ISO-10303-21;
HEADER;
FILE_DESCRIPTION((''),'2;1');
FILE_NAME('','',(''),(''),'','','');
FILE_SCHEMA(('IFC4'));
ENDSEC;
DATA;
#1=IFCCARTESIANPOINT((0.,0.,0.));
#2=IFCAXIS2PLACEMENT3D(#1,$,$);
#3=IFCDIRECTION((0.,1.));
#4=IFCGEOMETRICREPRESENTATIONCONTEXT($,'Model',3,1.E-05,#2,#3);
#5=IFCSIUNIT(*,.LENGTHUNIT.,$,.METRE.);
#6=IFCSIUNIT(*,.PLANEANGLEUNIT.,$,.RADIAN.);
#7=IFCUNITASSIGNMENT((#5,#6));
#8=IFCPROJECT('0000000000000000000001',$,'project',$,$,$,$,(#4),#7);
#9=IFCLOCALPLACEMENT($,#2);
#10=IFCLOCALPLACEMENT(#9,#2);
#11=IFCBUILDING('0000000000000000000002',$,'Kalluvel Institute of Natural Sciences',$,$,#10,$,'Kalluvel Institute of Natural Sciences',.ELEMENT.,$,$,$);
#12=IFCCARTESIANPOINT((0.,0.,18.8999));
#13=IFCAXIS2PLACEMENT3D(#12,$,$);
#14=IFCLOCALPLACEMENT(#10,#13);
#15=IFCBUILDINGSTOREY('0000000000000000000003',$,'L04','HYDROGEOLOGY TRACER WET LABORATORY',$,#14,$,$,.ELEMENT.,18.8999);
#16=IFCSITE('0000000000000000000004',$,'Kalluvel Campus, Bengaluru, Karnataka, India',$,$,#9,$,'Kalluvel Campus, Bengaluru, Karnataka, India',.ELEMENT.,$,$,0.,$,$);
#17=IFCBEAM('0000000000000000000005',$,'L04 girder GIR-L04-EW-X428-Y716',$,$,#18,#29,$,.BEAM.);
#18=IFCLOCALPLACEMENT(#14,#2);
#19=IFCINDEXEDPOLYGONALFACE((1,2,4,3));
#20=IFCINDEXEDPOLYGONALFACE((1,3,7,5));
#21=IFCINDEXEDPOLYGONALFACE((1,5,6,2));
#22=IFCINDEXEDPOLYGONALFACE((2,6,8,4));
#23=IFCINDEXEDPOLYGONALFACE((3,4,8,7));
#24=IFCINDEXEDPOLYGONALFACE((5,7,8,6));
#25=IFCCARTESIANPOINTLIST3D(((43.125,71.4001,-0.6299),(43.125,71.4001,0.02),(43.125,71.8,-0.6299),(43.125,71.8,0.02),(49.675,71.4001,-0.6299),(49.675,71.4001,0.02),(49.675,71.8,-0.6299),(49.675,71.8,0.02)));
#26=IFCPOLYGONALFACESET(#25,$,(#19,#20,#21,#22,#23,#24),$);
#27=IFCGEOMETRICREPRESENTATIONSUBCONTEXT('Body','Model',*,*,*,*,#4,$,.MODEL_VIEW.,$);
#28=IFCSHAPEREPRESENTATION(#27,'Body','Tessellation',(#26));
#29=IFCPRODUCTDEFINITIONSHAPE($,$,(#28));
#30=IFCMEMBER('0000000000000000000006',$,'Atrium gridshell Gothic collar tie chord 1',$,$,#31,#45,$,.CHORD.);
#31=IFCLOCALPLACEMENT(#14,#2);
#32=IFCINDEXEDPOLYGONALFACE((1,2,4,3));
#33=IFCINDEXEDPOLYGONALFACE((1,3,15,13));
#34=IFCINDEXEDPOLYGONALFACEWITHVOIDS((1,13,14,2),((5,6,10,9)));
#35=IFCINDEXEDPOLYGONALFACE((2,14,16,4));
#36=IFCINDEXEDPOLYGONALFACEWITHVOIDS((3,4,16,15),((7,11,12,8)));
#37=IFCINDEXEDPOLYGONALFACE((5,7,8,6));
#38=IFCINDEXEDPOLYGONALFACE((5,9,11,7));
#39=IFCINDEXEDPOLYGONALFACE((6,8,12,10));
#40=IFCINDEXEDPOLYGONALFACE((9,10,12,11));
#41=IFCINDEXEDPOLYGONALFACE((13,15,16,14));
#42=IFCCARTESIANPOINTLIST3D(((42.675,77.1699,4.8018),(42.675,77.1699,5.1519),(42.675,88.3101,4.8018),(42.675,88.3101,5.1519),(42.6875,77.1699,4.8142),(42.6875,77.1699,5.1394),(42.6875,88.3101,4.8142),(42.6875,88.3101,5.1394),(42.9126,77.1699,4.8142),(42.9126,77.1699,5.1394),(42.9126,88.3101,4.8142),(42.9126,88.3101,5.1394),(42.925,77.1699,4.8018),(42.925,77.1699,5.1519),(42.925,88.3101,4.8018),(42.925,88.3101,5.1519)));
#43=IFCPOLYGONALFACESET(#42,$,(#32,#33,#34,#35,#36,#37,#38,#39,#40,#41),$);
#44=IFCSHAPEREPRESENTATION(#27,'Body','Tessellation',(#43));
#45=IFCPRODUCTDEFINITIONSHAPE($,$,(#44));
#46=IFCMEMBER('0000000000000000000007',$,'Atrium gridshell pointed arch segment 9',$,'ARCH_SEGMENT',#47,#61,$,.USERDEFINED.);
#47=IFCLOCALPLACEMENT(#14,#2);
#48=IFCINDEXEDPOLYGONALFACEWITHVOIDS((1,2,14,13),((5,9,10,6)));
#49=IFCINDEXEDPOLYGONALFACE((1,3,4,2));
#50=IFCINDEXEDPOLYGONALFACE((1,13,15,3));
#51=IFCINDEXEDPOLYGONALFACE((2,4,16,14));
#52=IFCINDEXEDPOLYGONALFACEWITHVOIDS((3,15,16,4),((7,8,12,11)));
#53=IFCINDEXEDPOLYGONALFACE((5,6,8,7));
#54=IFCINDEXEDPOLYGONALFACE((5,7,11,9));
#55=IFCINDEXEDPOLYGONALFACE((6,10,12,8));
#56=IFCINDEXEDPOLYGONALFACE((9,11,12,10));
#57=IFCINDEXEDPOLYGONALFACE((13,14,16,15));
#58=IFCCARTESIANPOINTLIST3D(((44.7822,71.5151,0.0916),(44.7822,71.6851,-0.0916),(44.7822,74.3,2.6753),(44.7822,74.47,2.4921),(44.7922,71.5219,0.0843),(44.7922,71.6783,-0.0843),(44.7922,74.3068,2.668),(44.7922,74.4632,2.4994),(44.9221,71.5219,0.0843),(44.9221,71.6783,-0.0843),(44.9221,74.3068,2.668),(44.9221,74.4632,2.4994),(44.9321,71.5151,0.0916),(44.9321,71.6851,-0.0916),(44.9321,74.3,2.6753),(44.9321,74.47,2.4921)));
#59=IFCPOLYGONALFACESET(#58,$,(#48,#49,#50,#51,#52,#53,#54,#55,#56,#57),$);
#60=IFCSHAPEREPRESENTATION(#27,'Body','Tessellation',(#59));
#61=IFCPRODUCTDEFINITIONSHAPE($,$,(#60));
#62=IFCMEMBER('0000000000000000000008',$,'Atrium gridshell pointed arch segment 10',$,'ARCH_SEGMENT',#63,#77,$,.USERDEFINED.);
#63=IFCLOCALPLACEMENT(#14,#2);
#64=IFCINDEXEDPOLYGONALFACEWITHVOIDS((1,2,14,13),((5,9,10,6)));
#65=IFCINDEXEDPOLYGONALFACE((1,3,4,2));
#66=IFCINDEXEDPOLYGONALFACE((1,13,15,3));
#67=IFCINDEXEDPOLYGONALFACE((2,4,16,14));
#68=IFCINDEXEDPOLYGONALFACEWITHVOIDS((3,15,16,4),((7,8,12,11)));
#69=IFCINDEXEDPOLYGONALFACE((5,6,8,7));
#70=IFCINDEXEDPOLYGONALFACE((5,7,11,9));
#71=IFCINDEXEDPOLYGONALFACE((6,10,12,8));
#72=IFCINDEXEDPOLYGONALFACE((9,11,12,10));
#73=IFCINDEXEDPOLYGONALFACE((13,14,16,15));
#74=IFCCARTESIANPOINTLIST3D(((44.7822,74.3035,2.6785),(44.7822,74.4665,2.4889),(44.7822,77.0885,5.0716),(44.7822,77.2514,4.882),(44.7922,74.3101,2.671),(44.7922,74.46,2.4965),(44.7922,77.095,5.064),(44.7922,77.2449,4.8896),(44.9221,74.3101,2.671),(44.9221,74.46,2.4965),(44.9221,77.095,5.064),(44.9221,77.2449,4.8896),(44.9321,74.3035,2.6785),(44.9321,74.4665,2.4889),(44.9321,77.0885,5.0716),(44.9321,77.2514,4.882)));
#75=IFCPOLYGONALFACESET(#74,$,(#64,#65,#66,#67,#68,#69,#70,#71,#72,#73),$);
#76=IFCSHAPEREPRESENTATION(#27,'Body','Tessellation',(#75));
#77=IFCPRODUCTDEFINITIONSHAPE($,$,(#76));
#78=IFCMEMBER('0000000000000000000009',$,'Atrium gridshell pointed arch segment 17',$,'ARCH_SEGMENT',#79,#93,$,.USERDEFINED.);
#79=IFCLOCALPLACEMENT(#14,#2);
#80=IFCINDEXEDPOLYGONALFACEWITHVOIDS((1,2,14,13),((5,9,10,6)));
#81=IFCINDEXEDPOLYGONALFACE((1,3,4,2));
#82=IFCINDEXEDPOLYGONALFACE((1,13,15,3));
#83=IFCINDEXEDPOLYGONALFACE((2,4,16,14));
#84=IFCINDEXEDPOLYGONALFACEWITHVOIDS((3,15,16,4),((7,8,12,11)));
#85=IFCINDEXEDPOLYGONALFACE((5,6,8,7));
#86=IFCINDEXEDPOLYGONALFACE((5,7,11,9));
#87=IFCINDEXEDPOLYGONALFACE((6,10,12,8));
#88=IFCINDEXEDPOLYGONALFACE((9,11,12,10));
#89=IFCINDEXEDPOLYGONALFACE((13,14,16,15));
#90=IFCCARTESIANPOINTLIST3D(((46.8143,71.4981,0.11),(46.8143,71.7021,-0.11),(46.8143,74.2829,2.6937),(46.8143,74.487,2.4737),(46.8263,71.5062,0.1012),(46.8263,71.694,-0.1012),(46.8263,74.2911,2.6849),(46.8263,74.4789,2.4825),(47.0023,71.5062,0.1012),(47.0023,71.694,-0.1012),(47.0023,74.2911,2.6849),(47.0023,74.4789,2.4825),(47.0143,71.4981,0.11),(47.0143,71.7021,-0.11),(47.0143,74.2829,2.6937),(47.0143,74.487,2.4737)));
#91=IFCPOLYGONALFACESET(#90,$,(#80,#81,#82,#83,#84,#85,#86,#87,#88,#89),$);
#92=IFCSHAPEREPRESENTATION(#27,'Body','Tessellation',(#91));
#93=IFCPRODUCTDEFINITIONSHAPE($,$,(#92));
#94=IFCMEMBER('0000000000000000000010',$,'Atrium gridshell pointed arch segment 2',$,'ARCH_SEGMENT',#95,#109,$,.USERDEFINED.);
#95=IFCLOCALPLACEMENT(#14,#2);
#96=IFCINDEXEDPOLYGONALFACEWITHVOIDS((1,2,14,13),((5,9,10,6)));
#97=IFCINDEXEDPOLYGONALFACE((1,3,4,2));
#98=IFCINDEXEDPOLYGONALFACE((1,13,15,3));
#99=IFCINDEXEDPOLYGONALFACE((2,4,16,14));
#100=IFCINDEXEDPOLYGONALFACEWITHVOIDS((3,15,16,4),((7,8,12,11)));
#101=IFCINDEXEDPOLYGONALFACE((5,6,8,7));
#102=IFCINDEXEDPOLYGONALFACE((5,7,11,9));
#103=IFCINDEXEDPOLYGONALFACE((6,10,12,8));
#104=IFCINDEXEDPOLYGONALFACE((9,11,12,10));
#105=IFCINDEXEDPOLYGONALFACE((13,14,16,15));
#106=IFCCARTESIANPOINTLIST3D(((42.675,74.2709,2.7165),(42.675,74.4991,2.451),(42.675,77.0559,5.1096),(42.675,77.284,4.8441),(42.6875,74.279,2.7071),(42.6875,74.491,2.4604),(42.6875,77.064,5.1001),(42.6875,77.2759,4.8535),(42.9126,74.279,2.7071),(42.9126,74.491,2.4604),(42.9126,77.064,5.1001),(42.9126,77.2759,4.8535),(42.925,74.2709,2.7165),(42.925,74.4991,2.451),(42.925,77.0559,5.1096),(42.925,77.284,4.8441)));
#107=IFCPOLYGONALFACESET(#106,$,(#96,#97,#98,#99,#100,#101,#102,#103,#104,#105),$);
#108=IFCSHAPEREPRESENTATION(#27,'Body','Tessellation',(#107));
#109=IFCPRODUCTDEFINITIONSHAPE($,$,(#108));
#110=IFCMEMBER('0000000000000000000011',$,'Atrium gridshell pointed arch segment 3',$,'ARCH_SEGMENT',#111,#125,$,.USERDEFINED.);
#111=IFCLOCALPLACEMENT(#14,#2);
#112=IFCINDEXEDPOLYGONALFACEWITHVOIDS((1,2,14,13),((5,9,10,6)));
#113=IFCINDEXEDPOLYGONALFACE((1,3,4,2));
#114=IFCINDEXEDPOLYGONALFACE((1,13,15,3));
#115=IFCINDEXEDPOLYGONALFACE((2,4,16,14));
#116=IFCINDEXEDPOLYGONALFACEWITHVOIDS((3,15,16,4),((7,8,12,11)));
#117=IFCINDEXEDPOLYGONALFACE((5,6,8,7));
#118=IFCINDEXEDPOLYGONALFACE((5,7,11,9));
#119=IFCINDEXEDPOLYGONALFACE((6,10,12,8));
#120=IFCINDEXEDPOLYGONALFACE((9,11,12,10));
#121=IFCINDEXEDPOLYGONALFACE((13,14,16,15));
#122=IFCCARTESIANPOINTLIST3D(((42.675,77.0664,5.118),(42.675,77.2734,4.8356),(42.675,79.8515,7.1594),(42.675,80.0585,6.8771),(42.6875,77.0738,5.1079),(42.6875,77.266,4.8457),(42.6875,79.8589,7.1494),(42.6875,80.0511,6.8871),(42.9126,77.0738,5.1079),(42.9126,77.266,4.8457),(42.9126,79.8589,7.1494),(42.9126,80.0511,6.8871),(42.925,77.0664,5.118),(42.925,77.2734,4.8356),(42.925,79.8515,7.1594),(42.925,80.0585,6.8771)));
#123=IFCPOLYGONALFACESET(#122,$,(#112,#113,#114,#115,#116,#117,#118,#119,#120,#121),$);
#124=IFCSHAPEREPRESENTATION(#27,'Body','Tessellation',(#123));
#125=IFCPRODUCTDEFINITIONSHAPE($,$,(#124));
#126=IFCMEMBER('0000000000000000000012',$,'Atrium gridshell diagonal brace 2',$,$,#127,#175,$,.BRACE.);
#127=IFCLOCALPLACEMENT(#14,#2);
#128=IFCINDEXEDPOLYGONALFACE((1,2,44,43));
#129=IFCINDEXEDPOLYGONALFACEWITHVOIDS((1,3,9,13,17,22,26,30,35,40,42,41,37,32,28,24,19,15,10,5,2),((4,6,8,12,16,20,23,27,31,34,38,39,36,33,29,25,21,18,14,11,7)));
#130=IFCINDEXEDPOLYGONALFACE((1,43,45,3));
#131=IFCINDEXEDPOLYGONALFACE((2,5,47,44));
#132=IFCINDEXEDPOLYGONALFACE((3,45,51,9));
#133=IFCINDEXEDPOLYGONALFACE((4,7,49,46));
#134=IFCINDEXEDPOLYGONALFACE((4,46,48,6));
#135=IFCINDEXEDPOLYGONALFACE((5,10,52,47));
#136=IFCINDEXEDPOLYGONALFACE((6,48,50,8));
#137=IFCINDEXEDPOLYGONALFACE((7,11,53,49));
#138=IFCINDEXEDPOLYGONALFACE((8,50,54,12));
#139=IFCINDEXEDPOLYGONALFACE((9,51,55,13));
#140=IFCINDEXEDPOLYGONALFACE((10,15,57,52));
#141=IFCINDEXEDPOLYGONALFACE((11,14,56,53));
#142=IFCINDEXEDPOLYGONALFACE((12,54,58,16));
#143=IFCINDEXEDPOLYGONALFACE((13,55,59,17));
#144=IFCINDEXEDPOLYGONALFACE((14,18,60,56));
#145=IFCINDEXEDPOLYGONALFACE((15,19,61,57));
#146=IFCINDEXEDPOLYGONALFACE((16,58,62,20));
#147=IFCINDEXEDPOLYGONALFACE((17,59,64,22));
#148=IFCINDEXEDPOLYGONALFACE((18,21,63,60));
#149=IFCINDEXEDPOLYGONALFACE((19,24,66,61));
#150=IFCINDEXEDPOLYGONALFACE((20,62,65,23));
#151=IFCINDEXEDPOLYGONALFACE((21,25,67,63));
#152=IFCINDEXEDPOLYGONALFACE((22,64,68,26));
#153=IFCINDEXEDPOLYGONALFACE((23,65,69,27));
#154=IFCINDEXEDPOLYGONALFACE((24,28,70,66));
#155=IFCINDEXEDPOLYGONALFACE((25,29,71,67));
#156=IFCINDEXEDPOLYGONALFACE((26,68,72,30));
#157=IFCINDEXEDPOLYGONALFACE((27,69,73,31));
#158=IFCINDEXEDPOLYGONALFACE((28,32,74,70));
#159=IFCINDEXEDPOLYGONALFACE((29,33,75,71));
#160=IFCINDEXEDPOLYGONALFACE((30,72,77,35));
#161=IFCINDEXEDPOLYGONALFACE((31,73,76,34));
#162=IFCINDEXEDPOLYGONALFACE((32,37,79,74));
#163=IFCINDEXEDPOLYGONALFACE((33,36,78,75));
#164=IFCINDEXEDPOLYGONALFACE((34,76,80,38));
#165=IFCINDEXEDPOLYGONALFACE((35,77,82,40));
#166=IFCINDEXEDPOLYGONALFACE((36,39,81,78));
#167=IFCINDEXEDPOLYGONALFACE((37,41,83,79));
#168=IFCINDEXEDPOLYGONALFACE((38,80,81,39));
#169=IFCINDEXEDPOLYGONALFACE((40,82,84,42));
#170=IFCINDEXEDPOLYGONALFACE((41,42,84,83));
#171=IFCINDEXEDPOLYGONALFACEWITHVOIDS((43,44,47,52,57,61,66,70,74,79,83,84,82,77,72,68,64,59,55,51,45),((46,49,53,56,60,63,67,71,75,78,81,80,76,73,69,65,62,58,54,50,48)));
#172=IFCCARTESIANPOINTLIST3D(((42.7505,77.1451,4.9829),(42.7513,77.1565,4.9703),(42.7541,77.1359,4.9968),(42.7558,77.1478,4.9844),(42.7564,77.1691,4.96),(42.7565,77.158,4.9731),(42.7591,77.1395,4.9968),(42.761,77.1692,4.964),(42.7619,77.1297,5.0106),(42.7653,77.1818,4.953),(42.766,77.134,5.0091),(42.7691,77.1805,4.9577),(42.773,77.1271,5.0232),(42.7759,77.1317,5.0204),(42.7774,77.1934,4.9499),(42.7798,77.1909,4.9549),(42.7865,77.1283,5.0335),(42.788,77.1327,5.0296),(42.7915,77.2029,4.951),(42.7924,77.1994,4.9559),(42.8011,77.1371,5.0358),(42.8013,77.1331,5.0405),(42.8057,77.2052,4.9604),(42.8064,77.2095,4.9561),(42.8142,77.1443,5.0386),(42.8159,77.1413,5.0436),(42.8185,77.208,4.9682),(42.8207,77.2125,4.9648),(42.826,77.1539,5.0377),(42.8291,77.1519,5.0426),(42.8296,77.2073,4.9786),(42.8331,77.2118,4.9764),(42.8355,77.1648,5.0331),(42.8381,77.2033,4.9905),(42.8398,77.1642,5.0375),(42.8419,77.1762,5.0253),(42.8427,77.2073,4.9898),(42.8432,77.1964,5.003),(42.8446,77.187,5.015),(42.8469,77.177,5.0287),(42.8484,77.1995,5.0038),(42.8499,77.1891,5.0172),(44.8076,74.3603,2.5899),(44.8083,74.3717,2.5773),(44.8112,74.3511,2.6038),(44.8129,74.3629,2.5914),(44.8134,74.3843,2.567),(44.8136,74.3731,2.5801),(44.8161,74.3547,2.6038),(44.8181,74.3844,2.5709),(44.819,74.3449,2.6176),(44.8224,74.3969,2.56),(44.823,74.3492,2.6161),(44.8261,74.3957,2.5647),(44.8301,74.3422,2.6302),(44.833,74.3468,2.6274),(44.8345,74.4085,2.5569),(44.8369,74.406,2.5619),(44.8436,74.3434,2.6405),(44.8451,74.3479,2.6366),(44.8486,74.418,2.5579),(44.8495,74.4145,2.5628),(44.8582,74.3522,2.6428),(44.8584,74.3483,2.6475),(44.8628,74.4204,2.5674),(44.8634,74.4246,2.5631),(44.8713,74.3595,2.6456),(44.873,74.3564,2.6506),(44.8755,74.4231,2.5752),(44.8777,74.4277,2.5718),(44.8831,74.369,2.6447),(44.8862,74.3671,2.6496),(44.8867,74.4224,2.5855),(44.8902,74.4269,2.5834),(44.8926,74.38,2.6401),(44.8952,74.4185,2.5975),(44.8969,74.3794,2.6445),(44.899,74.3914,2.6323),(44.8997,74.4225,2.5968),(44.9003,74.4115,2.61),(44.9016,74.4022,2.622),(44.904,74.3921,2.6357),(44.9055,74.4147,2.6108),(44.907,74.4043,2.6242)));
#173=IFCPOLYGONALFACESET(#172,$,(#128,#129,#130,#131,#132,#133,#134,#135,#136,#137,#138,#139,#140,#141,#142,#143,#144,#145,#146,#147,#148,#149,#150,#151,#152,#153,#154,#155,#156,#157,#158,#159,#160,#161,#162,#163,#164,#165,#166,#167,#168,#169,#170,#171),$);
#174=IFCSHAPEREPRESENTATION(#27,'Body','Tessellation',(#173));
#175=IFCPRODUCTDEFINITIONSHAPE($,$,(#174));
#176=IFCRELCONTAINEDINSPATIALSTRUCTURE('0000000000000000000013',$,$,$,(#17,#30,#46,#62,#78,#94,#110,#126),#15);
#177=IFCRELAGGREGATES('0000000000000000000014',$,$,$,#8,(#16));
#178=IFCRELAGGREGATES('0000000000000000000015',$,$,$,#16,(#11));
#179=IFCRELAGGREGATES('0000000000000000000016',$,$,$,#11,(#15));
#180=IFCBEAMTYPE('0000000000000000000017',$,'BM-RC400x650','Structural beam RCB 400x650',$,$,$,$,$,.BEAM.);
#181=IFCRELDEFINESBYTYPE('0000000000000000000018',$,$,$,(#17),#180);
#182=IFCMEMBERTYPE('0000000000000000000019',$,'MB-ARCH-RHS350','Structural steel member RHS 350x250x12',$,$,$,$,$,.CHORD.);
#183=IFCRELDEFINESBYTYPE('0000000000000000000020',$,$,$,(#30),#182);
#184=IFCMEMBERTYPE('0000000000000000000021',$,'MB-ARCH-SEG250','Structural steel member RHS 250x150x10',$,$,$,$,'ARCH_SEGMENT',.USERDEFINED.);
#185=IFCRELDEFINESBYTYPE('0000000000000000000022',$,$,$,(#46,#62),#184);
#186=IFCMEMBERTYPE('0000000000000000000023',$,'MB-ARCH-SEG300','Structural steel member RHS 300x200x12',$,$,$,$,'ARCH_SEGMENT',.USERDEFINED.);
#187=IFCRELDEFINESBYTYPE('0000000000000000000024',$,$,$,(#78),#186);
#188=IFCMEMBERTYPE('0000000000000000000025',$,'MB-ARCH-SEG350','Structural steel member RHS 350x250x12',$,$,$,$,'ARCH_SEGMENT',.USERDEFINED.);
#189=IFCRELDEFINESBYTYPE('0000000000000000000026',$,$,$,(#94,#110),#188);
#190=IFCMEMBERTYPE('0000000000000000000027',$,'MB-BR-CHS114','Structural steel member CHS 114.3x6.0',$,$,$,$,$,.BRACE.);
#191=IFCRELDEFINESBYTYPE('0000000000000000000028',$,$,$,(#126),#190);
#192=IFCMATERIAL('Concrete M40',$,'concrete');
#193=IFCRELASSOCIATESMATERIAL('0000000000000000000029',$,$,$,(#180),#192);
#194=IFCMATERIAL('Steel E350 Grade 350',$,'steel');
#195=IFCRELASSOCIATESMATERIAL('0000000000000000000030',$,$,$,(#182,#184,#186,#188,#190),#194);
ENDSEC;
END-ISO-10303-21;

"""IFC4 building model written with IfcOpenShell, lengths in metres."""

from ifc_helpers import new_model, si_unit, direction, frame, origin, origin_2d, place, context, subcontext, project, spatial, rectangle, hollow_rectangle, hollow_circle, extrude, material, material_profile, profile_set, type_object, element, save


model = new_model("IFC4")

# Units and contexts
model_context = context("Model", 3, precision=1e-05, world=origin(), true_north=direction((0.0, 1.0)))
body_context = subcontext(model_context, "Body", "Model", "MODEL_VIEW")
ifc_project = project(units=[si_unit("LENGTHUNIT", "METRE"), si_unit("PLANEANGLEUNIT", "RADIAN")], contexts=[model_context])

# Site, building, storey
site_placement = place(None, origin())
site = spatial("IfcSite", under=ifc_project, at=site_placement, Name="Kalluvel Campus, Bengaluru, Karnataka, India", LongName="Kalluvel Campus, Bengaluru, Karnataka, India", CompositionType="ELEMENT", RefElevation=0.0)
building_placement = place(site_placement, origin())
building = spatial("IfcBuilding", under=site, at=building_placement, Name="Kalluvel Institute of Natural Sciences", LongName="Kalluvel Institute of Natural Sciences", CompositionType="ELEMENT")
storey_placement = place(building_placement, frame((0.0, 0.0, 18.8999)))
storey = spatial("IfcBuildingStorey", under=building, at=storey_placement, Name="L04", Description="HYDROGEOLOGY TRACER WET LABORATORY", CompositionType="ELEMENT", Elevation=18.8999)

# Beam
ifc_material_1 = material(Name="Concrete M40", Category="concrete")
ifc_material_profile_1 = material_profile(ifc_material_1, rectangle(XDim=0.3999, YDim=0.6499, at=origin_2d()), Name="RCB 400x650")
ifc_profile_set_1 = profile_set([ifc_material_profile_1], Name="Concrete M40")
beam_type = type_object("IfcBeamType", Name="BM-RC400x650", Description="Structural beam RCB 400x650", PredefinedType="BEAM", material=ifc_profile_set_1)
beam_placement = place(storey_placement, frame((43.125, 71.6001, -0.3049), z_axis=(1.0, 0.0, 0.0), x_axis=(0.0, 1.0, 0.0)))
element("IfcBeam", 1, at=beam_placement, inside=storey, type_object=beam_type, Name="L04 girder GIR-L04-EW-X428-Y716", PredefinedType="BEAM", context=body_context, shape_type="SweptSolid", body=[
    extrude(rectangle(XDim=0.3999, YDim=0.6499, at=origin_2d()), origin(), (0.0, 0.0, 1.0), 6.55),
])

# Members
ifc_material_2 = material(Name="Steel E350 Grade 350", Category="steel")
ifc_material_profile_2 = material_profile(ifc_material_2, hollow_rectangle(XDim=0.25, YDim=0.3501, WallThickness=0.0125, at=origin_2d()), Name="RHS 350x250x12")
ifc_profile_set_2 = profile_set([ifc_material_profile_2], Name="Steel E350 Grade 350")
member_type_1 = type_object("IfcMemberType", Name="MB-ARCH-RHS350", Description="Structural steel member RHS 350x250x12", PredefinedType="CHORD", material=ifc_profile_set_2)
member_1_placement = place(storey_placement, frame((42.8, 77.1699, 4.9768), z_axis=(0.0, 1.0, 0.0), x_axis=(-1.0, 0.0, 0.0)))
element("IfcMember", 2, at=member_1_placement, inside=storey, type_object=member_type_1, Name="Atrium gridshell Gothic collar tie chord 1", PredefinedType="CHORD", context=body_context, shape_type="SweptSolid", body=[
    extrude(hollow_rectangle(XDim=0.25, YDim=0.3501, WallThickness=0.0125, at=origin_2d()), origin(), (0.0, 0.0, 1.0), 11.1401),
])
ifc_material_profile_3 = material_profile(ifc_material_2, hollow_rectangle(XDim=0.1499, YDim=0.25, WallThickness=0.01, at=origin_2d()), Name="RHS 250x150x10")
ifc_profile_set_3 = profile_set([ifc_material_profile_3], Name="Steel E350 Grade 350")
member_type_2 = type_object("IfcMemberType", Name="MB-ARCH-SEG250", Description="Structural steel member RHS 250x150x10", ElementType="ARCH_SEGMENT", PredefinedType="USERDEFINED", material=ifc_profile_set_3)
member_2_placement = place(storey_placement, frame((44.8572, 71.6001, 0.0), z_axis=(0.0, 0.733089, 0.680133), x_axis=(-1.0, 0.0, 0.0)))
element("IfcMember", 3, at=member_2_placement, inside=storey, type_object=member_type_2, Name="Atrium gridshell pointed arch segment 9", ObjectType="ARCH_SEGMENT", PredefinedType="USERDEFINED", context=body_context, shape_type="SweptSolid", body=[
    extrude(hollow_rectangle(XDim=0.1499, YDim=0.25, WallThickness=0.01, at=origin_2d()), origin(), (0.0, 0.0, 1.0), 3.7988),
])
member_3_placement = place(storey_placement, frame((44.8572, 74.385, 2.5837), z_axis=(0.0, 0.758449, 0.651733), x_axis=(-1.0, 0.0, 0.0)))
element("IfcMember", 4, at=member_3_placement, inside=storey, type_object=member_type_2, Name="Atrium gridshell pointed arch segment 10", ObjectType="ARCH_SEGMENT", PredefinedType="USERDEFINED", context=body_context, shape_type="SweptSolid", body=[
    extrude(hollow_rectangle(XDim=0.1499, YDim=0.25, WallThickness=0.01, at=origin_2d()), origin(), (0.0, 0.0, 1.0), 3.6719),
])
ifc_material_profile_4 = material_profile(ifc_material_2, hollow_rectangle(XDim=0.2, YDim=0.3, WallThickness=0.012, at=origin_2d()), Name="RHS 300x200x12")
ifc_profile_set_4 = profile_set([ifc_material_profile_4], Name="Steel E350 Grade 350")
member_type_3 = type_object("IfcMemberType", Name="MB-ARCH-SEG300", Description="Structural steel member RHS 300x200x12", ElementType="ARCH_SEGMENT", PredefinedType="USERDEFINED", material=ifc_profile_set_4)
member_4_placement = place(storey_placement, frame((46.9143, 71.6001, 0.0), z_axis=(0.0, 0.733089, 0.680133), x_axis=(-1.0, 0.0, 0.0)))
element("IfcMember", 5, at=member_4_placement, inside=storey, type_object=member_type_3, Name="Atrium gridshell pointed arch segment 17", ObjectType="ARCH_SEGMENT", PredefinedType="USERDEFINED", context=body_context, shape_type="SweptSolid", body=[
    extrude(hollow_rectangle(XDim=0.2, YDim=0.3, WallThickness=0.012, at=origin_2d()), origin(), (0.0, 0.0, 1.0), 3.7988),
])
ifc_material_profile_5 = material_profile(ifc_material_2, hollow_rectangle(XDim=0.25, YDim=0.3501, WallThickness=0.0125, at=origin_2d()), Name="RHS 350x250x12")
ifc_profile_set_5 = profile_set([ifc_material_profile_5], Name="Steel E350 Grade 350")
member_type_4 = type_object("IfcMemberType", Name="MB-ARCH-SEG350", Description="Structural steel member RHS 350x250x12", ElementType="ARCH_SEGMENT", PredefinedType="USERDEFINED", material=ifc_profile_set_5)
member_5_placement = place(storey_placement, frame((42.8, 74.385, 2.5837), z_axis=(0.0, 0.758449, 0.651733), x_axis=(-1.0, 0.0, 0.0)))
element("IfcMember", 6, at=member_5_placement, inside=storey, type_object=member_type_4, Name="Atrium gridshell pointed arch segment 2", ObjectType="ARCH_SEGMENT", PredefinedType="USERDEFINED", context=body_context, shape_type="SweptSolid", body=[
    extrude(hollow_rectangle(XDim=0.25, YDim=0.3501, WallThickness=0.0125, at=origin_2d()), origin(), (0.0, 0.0, 1.0), 3.6719),
])
member_6_placement = place(storey_placement, frame((42.8, 77.1699, 4.9768), z_axis=(0.0, 0.806535, 0.591186), x_axis=(-1.0, 0.0, 0.0)))
element("IfcMember", 7, at=member_6_placement, inside=storey, type_object=member_type_4, Name="Atrium gridshell pointed arch segment 3", ObjectType="ARCH_SEGMENT", PredefinedType="USERDEFINED", context=body_context, shape_type="SweptSolid", body=[
    extrude(hollow_rectangle(XDim=0.25, YDim=0.3501, WallThickness=0.0125, at=origin_2d()), origin(), (0.0, 0.0, 1.0), 3.4531),
])
ifc_material_profile_6 = material_profile(ifc_material_2, hollow_circle(Radius=0.0571, WallThickness=0.0061, at=origin_2d()), Name="CHS 114.3x6.0")
ifc_profile_set_6 = profile_set([ifc_material_profile_6], Name="Steel E350 Grade 350")
member_type_5 = type_object("IfcMemberType", Name="MB-BR-CHS114", Description="Structural steel member CHS 114.3x6.0", PredefinedType="BRACE", material=ifc_profile_set_6)
member_7_placement = place(storey_placement, frame((44.8572, 74.385, 2.6038), z_axis=(-0.488765, 0.661683, 0.568582), x_axis=(-0.804353, -0.594151, 0.0)))
element("IfcMember", 8, at=member_7_placement, inside=storey, type_object=member_type_5, Name="Atrium gridshell diagonal brace 2", PredefinedType="BRACE", context=body_context, shape_type="SweptSolid", body=[
    extrude(hollow_circle(Radius=0.0571, WallThickness=0.0061, at=origin_2d()), origin(), (0.0, 0.0, 1.0), 4.2087),
])

save(model, "model.ifc")
